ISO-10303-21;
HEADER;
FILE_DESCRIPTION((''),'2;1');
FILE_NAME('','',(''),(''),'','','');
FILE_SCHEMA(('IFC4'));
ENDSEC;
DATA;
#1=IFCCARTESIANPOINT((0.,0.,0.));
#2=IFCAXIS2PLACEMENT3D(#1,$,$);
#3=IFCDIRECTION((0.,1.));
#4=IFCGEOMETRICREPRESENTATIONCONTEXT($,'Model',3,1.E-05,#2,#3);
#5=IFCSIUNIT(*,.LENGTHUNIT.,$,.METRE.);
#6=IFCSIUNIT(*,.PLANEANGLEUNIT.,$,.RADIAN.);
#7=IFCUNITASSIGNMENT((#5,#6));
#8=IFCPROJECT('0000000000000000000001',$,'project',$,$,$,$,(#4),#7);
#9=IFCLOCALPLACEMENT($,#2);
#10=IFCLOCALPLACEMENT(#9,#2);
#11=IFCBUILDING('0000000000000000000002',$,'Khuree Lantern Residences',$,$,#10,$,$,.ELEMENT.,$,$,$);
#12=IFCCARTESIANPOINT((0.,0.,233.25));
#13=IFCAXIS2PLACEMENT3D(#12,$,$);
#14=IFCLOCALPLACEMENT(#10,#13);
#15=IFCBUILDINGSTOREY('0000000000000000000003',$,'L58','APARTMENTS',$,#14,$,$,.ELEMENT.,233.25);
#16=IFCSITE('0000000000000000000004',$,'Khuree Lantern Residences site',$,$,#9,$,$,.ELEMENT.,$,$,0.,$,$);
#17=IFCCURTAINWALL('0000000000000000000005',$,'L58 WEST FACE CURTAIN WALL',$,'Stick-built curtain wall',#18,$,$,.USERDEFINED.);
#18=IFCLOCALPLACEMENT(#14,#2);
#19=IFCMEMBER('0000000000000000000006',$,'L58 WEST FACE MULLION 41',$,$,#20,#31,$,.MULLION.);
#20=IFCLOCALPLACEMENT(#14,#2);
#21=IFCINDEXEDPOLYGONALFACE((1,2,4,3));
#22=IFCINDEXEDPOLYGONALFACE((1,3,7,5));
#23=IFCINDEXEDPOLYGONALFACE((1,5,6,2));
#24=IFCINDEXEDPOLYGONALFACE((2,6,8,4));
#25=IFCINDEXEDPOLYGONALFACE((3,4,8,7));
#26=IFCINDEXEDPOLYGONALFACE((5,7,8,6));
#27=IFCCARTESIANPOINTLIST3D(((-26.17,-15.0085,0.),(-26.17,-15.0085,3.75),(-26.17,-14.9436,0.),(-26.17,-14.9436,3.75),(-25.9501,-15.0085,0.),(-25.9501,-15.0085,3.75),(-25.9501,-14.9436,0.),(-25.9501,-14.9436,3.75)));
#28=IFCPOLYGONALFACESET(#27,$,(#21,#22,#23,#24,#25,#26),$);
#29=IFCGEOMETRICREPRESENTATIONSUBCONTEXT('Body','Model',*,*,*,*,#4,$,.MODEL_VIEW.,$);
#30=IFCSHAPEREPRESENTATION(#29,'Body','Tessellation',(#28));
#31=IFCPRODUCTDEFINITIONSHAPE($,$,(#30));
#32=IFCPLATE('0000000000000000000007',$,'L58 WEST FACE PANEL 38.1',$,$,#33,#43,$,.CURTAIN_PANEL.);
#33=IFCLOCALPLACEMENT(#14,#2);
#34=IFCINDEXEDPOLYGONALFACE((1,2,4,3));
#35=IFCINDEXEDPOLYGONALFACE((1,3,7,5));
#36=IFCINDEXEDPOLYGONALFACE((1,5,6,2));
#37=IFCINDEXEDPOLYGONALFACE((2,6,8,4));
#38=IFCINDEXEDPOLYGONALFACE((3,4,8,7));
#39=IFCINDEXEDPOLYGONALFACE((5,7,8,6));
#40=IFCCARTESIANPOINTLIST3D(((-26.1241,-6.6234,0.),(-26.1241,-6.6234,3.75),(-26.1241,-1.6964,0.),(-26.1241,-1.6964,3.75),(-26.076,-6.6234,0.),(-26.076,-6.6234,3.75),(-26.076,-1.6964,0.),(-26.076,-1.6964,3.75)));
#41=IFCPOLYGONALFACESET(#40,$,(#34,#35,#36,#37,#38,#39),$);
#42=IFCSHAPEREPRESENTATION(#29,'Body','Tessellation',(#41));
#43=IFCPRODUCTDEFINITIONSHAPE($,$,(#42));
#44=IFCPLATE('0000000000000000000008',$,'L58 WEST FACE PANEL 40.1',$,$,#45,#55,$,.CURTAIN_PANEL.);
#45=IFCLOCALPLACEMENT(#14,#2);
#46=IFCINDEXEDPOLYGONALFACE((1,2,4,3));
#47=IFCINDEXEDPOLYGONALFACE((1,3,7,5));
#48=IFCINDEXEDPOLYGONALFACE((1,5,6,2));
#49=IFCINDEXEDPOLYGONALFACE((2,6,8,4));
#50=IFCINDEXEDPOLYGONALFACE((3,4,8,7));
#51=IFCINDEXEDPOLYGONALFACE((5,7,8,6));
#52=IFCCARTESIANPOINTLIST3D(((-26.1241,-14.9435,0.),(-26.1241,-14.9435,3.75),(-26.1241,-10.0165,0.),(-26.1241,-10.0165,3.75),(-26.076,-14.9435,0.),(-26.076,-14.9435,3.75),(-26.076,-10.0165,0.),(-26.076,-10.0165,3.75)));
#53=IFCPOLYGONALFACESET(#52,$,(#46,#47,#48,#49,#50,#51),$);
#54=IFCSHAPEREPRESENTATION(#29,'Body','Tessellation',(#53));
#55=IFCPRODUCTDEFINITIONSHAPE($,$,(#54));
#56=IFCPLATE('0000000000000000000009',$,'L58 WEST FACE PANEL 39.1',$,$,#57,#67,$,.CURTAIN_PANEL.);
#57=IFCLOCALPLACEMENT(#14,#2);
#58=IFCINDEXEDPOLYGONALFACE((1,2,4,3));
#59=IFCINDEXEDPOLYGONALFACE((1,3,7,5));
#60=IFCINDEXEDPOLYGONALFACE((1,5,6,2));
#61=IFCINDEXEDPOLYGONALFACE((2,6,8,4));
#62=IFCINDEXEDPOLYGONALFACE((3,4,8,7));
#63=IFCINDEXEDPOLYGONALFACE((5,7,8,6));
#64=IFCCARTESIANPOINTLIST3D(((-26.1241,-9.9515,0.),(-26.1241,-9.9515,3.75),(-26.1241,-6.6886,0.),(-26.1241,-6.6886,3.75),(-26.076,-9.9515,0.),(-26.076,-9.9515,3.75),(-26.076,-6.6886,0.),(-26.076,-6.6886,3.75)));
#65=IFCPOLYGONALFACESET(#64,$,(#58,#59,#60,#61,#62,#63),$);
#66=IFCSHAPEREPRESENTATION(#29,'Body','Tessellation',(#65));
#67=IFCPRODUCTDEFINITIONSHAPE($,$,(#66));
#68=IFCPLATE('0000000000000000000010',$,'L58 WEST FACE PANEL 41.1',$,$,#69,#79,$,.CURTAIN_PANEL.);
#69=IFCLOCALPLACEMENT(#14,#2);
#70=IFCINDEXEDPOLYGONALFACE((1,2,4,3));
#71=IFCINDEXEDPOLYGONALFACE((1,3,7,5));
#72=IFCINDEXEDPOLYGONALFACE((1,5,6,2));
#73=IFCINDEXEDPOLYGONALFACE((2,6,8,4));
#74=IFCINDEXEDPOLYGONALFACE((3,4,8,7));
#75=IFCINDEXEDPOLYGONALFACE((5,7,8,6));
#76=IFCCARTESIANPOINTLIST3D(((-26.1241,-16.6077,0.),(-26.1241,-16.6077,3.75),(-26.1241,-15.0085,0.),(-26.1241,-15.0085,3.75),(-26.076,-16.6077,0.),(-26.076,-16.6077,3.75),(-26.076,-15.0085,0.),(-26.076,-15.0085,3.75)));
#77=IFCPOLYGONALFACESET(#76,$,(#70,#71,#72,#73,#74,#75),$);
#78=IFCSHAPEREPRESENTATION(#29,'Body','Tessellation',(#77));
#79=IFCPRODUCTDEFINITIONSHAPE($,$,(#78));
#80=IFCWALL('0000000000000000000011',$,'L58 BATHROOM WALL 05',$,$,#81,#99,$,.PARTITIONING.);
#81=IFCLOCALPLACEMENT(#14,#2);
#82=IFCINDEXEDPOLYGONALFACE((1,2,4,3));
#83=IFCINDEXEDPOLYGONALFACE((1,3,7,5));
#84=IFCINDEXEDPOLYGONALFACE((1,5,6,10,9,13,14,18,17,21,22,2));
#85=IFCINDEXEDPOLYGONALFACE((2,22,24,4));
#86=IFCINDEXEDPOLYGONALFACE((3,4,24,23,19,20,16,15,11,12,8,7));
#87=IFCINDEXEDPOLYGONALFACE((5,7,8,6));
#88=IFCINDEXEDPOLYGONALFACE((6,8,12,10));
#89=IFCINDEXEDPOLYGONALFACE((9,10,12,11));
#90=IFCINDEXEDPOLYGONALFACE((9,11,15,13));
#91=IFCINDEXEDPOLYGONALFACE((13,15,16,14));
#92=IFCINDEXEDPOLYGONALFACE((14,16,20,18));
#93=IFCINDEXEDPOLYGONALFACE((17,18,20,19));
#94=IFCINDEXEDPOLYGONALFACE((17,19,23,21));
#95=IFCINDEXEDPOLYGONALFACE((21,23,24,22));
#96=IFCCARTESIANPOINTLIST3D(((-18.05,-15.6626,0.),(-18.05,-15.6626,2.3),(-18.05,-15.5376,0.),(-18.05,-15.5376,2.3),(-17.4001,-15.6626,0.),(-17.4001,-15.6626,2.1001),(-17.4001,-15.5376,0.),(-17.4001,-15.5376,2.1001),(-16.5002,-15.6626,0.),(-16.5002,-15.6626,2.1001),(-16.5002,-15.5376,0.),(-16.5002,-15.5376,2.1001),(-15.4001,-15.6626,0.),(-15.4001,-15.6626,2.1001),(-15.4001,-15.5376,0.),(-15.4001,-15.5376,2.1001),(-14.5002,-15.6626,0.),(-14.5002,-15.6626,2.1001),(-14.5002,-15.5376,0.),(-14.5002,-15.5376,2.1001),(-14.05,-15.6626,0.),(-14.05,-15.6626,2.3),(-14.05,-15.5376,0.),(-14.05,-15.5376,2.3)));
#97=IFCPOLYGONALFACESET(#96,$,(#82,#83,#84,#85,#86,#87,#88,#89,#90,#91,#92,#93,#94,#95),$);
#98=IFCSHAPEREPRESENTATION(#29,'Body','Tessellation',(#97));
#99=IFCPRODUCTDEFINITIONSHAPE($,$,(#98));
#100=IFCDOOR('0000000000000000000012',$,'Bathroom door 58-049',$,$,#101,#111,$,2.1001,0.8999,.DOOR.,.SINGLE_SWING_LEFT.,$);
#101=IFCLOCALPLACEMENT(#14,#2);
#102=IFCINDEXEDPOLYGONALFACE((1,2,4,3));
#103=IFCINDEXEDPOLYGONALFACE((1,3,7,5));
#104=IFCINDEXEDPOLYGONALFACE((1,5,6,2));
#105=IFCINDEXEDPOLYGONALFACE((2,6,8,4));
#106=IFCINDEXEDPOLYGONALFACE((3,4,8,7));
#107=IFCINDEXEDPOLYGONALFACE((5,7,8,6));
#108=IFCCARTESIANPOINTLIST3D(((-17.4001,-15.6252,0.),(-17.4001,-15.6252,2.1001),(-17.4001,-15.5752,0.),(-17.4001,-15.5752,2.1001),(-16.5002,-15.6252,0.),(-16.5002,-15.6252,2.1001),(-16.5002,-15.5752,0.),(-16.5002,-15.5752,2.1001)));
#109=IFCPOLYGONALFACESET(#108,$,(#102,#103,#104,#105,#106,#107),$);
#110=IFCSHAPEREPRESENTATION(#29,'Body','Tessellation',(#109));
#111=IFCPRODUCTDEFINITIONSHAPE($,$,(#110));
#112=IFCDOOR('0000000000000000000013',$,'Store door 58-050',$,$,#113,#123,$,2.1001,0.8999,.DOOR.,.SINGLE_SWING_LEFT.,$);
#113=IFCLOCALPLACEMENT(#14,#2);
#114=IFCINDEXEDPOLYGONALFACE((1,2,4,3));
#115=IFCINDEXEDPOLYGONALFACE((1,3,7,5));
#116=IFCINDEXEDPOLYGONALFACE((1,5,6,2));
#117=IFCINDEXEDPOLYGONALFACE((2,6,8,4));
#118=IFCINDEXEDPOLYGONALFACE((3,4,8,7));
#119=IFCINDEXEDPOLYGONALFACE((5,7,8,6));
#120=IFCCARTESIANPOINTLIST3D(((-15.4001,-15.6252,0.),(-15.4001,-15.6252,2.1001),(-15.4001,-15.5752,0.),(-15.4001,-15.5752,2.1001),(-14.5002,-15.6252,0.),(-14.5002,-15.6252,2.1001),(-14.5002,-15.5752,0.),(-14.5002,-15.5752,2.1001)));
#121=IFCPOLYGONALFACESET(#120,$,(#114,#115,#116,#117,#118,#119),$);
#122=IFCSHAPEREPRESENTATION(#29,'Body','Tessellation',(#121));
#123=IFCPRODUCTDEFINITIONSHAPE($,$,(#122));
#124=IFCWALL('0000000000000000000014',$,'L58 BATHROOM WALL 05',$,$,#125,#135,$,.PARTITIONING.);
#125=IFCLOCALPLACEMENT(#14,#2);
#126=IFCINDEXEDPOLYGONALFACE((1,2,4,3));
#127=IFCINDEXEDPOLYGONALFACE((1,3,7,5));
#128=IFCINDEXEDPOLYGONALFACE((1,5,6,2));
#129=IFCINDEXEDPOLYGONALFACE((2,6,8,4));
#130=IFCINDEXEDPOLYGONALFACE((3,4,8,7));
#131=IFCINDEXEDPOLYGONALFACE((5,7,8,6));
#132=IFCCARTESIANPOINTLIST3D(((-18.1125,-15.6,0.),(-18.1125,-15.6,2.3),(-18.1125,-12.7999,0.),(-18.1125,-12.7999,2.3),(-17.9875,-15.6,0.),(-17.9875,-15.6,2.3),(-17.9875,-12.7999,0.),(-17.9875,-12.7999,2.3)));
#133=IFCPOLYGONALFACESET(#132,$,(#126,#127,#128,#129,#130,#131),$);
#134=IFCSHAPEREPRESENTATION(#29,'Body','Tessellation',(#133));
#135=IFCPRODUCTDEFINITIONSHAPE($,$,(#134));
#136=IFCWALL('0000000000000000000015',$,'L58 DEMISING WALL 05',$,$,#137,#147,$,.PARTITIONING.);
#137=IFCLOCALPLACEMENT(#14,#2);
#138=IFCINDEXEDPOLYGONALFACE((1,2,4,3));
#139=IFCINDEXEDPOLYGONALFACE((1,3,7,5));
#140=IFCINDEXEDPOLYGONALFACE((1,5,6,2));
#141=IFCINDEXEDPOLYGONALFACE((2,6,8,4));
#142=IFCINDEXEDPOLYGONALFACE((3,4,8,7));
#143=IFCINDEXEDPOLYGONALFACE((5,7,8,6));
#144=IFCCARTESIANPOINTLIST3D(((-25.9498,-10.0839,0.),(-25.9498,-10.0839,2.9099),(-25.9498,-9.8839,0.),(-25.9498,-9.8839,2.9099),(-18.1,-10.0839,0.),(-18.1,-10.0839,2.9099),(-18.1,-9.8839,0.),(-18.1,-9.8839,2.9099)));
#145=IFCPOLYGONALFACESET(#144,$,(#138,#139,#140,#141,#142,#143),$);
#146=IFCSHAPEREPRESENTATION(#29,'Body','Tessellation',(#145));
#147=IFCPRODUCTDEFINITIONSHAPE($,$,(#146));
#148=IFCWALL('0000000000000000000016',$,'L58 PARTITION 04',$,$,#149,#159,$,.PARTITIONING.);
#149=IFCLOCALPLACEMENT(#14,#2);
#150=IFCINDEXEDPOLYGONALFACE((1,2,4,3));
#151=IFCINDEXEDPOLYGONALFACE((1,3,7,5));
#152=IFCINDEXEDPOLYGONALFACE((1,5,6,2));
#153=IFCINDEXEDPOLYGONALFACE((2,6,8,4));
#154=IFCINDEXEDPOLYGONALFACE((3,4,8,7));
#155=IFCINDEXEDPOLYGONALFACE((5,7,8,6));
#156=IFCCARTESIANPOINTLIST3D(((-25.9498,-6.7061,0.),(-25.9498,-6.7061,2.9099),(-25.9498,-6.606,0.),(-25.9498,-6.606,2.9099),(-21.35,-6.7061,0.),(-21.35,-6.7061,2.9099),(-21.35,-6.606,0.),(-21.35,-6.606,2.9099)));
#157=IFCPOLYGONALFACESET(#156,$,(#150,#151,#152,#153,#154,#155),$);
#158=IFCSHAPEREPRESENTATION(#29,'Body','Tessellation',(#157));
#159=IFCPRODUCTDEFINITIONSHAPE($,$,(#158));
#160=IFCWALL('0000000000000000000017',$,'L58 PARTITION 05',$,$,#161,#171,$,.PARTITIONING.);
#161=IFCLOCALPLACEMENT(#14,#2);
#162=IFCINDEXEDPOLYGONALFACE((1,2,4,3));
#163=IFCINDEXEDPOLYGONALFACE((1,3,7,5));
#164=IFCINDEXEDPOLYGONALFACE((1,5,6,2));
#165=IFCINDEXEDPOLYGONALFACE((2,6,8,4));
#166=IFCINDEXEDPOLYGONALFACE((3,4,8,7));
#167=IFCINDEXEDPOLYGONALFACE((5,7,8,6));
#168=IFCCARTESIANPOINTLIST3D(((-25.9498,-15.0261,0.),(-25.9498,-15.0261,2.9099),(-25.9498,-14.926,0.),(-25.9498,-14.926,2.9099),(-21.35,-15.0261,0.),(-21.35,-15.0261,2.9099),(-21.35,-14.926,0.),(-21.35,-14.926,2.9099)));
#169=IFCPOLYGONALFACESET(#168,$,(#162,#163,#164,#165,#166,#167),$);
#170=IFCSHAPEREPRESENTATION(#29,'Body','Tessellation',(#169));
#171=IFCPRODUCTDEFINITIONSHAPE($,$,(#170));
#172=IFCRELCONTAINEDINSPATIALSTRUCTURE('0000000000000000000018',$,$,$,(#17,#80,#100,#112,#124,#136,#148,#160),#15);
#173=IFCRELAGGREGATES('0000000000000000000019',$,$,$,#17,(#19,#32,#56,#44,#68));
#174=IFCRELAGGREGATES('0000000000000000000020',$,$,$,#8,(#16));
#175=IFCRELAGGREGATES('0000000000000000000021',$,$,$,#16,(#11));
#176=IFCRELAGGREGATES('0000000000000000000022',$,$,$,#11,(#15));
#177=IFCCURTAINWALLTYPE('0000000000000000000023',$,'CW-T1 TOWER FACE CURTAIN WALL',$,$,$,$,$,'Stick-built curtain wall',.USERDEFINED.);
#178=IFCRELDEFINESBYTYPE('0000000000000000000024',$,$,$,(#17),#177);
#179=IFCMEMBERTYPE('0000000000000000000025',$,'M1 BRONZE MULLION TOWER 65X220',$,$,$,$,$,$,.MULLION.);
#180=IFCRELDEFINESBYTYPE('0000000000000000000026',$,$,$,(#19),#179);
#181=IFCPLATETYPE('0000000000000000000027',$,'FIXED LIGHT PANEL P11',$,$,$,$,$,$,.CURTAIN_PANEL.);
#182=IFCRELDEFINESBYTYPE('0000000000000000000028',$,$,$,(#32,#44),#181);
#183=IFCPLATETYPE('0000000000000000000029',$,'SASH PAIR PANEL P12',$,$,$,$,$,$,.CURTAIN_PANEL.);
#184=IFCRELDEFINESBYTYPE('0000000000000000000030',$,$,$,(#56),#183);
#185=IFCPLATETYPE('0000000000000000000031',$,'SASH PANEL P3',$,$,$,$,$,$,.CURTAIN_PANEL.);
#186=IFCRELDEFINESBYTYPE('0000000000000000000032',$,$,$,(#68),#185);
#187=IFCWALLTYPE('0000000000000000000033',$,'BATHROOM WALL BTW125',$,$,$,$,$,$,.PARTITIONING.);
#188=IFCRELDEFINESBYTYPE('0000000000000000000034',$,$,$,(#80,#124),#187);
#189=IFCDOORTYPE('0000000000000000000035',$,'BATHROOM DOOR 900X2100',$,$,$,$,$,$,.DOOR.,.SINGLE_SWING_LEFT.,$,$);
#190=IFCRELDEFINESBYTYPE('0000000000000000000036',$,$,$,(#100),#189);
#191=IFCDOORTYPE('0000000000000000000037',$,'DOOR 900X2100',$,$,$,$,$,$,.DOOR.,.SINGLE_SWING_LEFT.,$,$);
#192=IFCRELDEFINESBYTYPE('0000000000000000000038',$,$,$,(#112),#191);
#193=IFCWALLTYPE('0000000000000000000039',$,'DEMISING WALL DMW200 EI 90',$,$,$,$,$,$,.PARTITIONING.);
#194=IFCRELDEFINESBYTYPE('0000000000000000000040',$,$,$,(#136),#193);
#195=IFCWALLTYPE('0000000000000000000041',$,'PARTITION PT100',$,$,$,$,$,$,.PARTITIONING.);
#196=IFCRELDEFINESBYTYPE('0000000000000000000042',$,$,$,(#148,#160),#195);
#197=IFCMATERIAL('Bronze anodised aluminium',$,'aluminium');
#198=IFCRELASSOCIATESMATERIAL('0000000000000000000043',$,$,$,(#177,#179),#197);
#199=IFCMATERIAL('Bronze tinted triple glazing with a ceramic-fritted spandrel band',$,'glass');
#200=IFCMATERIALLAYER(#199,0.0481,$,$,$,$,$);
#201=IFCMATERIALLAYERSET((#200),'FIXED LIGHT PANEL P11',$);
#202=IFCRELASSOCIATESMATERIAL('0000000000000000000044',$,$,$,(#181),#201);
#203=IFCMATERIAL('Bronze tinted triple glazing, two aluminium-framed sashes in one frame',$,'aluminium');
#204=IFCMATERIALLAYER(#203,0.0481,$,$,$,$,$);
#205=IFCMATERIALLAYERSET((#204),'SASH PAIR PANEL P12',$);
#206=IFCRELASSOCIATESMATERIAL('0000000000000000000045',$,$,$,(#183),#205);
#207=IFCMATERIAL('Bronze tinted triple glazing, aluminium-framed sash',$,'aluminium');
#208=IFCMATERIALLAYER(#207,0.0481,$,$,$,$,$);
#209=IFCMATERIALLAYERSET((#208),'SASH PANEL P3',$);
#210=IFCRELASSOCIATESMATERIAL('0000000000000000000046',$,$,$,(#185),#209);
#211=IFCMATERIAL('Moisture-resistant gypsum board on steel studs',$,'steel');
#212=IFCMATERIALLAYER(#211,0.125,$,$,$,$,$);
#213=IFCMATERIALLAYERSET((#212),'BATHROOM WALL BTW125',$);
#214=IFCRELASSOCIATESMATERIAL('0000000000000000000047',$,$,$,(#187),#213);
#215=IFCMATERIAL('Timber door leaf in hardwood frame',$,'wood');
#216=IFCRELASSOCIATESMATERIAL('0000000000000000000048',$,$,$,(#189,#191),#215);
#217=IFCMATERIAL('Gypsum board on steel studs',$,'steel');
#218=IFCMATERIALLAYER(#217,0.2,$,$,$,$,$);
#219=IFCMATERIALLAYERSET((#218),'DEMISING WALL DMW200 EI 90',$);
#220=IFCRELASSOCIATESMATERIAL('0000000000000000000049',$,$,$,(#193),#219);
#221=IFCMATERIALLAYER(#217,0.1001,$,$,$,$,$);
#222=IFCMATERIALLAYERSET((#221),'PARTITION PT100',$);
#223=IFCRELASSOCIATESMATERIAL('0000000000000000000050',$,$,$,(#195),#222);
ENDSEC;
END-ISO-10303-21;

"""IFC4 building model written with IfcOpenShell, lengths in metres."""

from ifc_helpers import new_model, si_unit, direction, frame, frame_2d, origin, origin_2d, place, context, subcontext, project, spatial, rectangle, extrude, material, layer, layer_set, material_profile, profile_set, type_object, element, fill, aggregate, save


model = new_model("IFC4")

# Units and contexts
model_context = context("Model", 3, precision=1e-05, world=origin(), true_north=direction((0.0, 1.0)))
body_context = subcontext(model_context, "Body", "Model", "MODEL_VIEW")
ifc_project = project(units=[si_unit("LENGTHUNIT", "METRE"), si_unit("PLANEANGLEUNIT", "RADIAN")], contexts=[model_context])

# Site, building, storey
site_placement = place(None, origin())
site = spatial("IfcSite", under=ifc_project, at=site_placement, Name="Khuree Lantern Residences site", CompositionType="ELEMENT", RefElevation=0.0)
building_placement = place(site_placement, origin())
building = spatial("IfcBuilding", under=site, at=building_placement, Name="Khuree Lantern Residences", CompositionType="ELEMENT")
storey_placement = place(building_placement, frame((0.0, 0.0, 233.25)))
storey = spatial("IfcBuildingStorey", under=building, at=storey_placement, Name="L58", Description="APARTMENTS", CompositionType="ELEMENT", Elevation=233.25)

# Curtain wall
ifc_material_1 = material(Name="Bronze anodised aluminium", Category="aluminium")
curtain_wall_type = type_object("IfcCurtainWallType", Name="CW-T1 TOWER FACE CURTAIN WALL", ElementType="Stick-built curtain wall", PredefinedType="USERDEFINED", material=ifc_material_1)
curtain_wall_placement = place(storey_placement, origin())
curtain_wall = element("IfcCurtainWall", 1, at=curtain_wall_placement, inside=storey, type_object=curtain_wall_type, Name="L58 WEST FACE CURTAIN WALL", ObjectType="Stick-built curtain wall", PredefinedType="USERDEFINED")

# Member
ifc_material_profile_1 = material_profile(ifc_material_1, rectangle(XDim=0.0649, YDim=0.22, at=origin_2d()), Name="M1 65X220")
ifc_profile_set_1 = profile_set([ifc_material_profile_1], Name="Bronze anodised aluminium")
member_type_1 = type_object("IfcMemberType", Name="M1 BRONZE MULLION TOWER 65X220", PredefinedType="MULLION", material=ifc_profile_set_1)
member_1_placement = place(storey_placement, frame((-26.0601, -14.9761, 0.0), z_axis=(0.0, 0.0, 1.0), x_axis=(0.0, -1.0, 0.0)))
member_1 = element("IfcMember", 2, at=member_1_placement, type_object=member_type_1, Name="L58 WEST FACE MULLION 41", PredefinedType="MULLION", context=body_context, shape_type="SweptSolid", body=[
    extrude(rectangle(XDim=0.0649, YDim=0.22, at=origin_2d()), origin(), (0.0, 0.0, 1.0), 3.75),
])

# Plates
ifc_material_2 = material(Name="Bronze tinted triple glazing with a ceramic-fritted spandrel band", Category="glass")
ifc_layer_1 = layer(ifc_material_2, 0.0481)
ifc_layer_set_1 = layer_set([ifc_layer_1], Name="FIXED LIGHT PANEL P11")
plate_type_1 = type_object("IfcPlateType", Name="FIXED LIGHT PANEL P11", PredefinedType="CURTAIN_PANEL", material=ifc_layer_set_1)
plate_1_placement = place(storey_placement, frame((-26.1001, -4.1599, 0.0), z_axis=(0.0, 0.0, 1.0), x_axis=(0.0, -1.0, 0.0)))
plate_1 = element("IfcPlate", 3, at=plate_1_placement, type_object=plate_type_1, Name="L58 WEST FACE PANEL 38.1", PredefinedType="CURTAIN_PANEL", context=body_context, shape_type="SweptSolid", body=[
    extrude(rectangle(XDim=4.927, YDim=0.0481, at=origin_2d()), origin(), (0.0, 0.0, 1.0), 3.75),
])
plate_2_placement = place(storey_placement, frame((-26.1001, -12.48, 0.0), z_axis=(0.0, 0.0, 1.0), x_axis=(0.0, -1.0, 0.0)))
plate_2 = element("IfcPlate", 4, at=plate_2_placement, type_object=plate_type_1, Name="L58 WEST FACE PANEL 40.1", PredefinedType="CURTAIN_PANEL", context=body_context, shape_type="SweptSolid", body=[
    extrude(rectangle(XDim=4.927, YDim=0.0481, at=origin_2d()), origin(), (0.0, 0.0, 1.0), 3.75),
])
ifc_material_3 = material(Name="Bronze tinted triple glazing, two aluminium-framed sashes in one frame", Category="aluminium")
ifc_layer_2 = layer(ifc_material_3, 0.0481)
ifc_layer_set_2 = layer_set([ifc_layer_2], Name="SASH PAIR PANEL P12")
plate_type_2 = type_object("IfcPlateType", Name="SASH PAIR PANEL P12", PredefinedType="CURTAIN_PANEL", material=ifc_layer_set_2)
plate_3_placement = place(storey_placement, frame((-26.1001, -8.3201, 0.0), z_axis=(0.0, 0.0, 1.0), x_axis=(0.0, -1.0, 0.0)))
plate_3 = element("IfcPlate", 5, at=plate_3_placement, type_object=plate_type_2, Name="L58 WEST FACE PANEL 39.1", PredefinedType="CURTAIN_PANEL", context=body_context, shape_type="SweptSolid", body=[
    extrude(rectangle(XDim=3.2629, YDim=0.0481, at=origin_2d()), origin(), (0.0, 0.0, 1.0), 3.75),
])
ifc_material_4 = material(Name="Bronze tinted triple glazing, aluminium-framed sash", Category="aluminium")
ifc_layer_3 = layer(ifc_material_4, 0.0481)
ifc_layer_set_3 = layer_set([ifc_layer_3], Name="SASH PANEL P3")
plate_type_3 = type_object("IfcPlateType", Name="SASH PANEL P3", PredefinedType="CURTAIN_PANEL", material=ifc_layer_set_3)
plate_4_placement = place(storey_placement, frame((-26.1001, -15.8081, 0.0), z_axis=(0.0, 0.0, 1.0), x_axis=(0.0, -1.0, 0.0)))
plate_4 = element("IfcPlate", 6, at=plate_4_placement, type_object=plate_type_3, Name="L58 WEST FACE PANEL 41.1", PredefinedType="CURTAIN_PANEL", context=body_context, shape_type="SweptSolid", body=[
    extrude(rectangle(XDim=1.5991, YDim=0.0481, at=origin_2d()), origin(), (0.0, 0.0, 1.0), 3.75),
])
aggregate(curtain_wall, [member_1, plate_1, plate_3, plate_2, plate_4])

# Wall, openings, doors
ifc_material_5 = material(Name="Moisture-resistant gypsum board on steel studs", Category="steel")
ifc_layer_4 = layer(ifc_material_5, 0.125)
ifc_layer_set_4 = layer_set([ifc_layer_4], Name="BATHROOM WALL BTW125")
wall_type_1 = type_object("IfcWallType", Name="BATHROOM WALL BTW125", PredefinedType="PARTITIONING", material=ifc_layer_set_4)
wall_1_placement = place(storey_placement, frame((-18.05, -15.6001, 0.0), z_axis=(0.0, 0.0, 1.0), x_axis=(1.0, 0.0, 0.0)))
wall_1 = element("IfcWall", 7, at=wall_1_placement, inside=storey, type_object=wall_type_1, Name="L58 BATHROOM WALL 05", PredefinedType="PARTITIONING", context=body_context, shape_type="SweptSolid", body=[
    extrude(rectangle(XDim=4.0, YDim=0.125, at=frame_2d((2.0, 0.0))), origin(), (0.0, 0.0, 1.0), 2.3),
])
opening_1_placement = place(wall_1_placement, frame((0.6499, 0.0, 0.0)))
opening_1 = element("IfcOpeningElement", 8, at=opening_1_placement, cuts=wall_1, PredefinedType="OPENING", context=body_context, shape_type="SweptSolid", body=[
    extrude(rectangle(XDim=0.8999, YDim=2.1001, at=frame_2d((0.45, 1.05))), frame((0.0, 0.0725, 0.0), z_axis=(0.0, -1.0, 0.0), x_axis=(1.0, 0.0, 0.0)), (0.0, 0.0, 1.0), 0.145),
])
opening_2_placement = place(wall_1_placement, frame((2.6499, 0.0, 0.0)))
opening_2 = element("IfcOpeningElement", 9, at=opening_2_placement, cuts=wall_1, PredefinedType="OPENING", context=body_context, shape_type="SweptSolid", body=[
    extrude(rectangle(XDim=0.8999, YDim=2.1001, at=frame_2d((0.45, 1.05))), frame((0.0, 0.0725, 0.0), z_axis=(0.0, -1.0, 0.0), x_axis=(1.0, 0.0, 0.0)), (0.0, 0.0, 1.0), 0.145),
])
ifc_material_6 = material(Name="Timber door leaf in hardwood frame", Category="wood")
door_type_1 = type_object("IfcDoorType", Name="BATHROOM DOOR 900X2100", OperationType="SINGLE_SWING_LEFT", PredefinedType="DOOR", material=ifc_material_6)
door_1_placement = place(opening_1_placement, origin())
door_1 = element("IfcDoor", 10, at=door_1_placement, inside=storey, type_object=door_type_1, Name="Bathroom door 58-049", OperationType="SINGLE_SWING_LEFT", OverallHeight=2.1001, OverallWidth=0.8999, PredefinedType="DOOR", context=body_context, shape_type="SweptSolid", body=[
    extrude(rectangle(XDim=0.8999, YDim=2.1001, at=frame_2d((0.45, 1.05))), frame((0.0, 0.0249, 0.0), z_axis=(0.0, -1.0, 0.0), x_axis=(1.0, 0.0, 0.0)), (0.0, 0.0, 1.0), 0.05),
])
fill(opening_1, door_1)
door_type_2 = type_object("IfcDoorType", Name="DOOR 900X2100", OperationType="SINGLE_SWING_LEFT", PredefinedType="DOOR", material=ifc_material_6)
door_2_placement = place(opening_2_placement, origin())
door_2 = element("IfcDoor", 11, at=door_2_placement, inside=storey, type_object=door_type_2, Name="Store door 58-050", OperationType="SINGLE_SWING_LEFT", OverallHeight=2.1001, OverallWidth=0.8999, PredefinedType="DOOR", context=body_context, shape_type="SweptSolid", body=[
    extrude(rectangle(XDim=0.8999, YDim=2.1001, at=frame_2d((0.45, 1.05))), frame((0.0, 0.0249, 0.0), z_axis=(0.0, -1.0, 0.0), x_axis=(1.0, 0.0, 0.0)), (0.0, 0.0, 1.0), 0.05),
])
fill(opening_2, door_2)

# Walls
wall_2_placement = place(storey_placement, frame((-18.05, -12.8, 0.0), z_axis=(0.0, 0.0, 1.0), x_axis=(0.0, -1.0, 0.0)))
element("IfcWall", 12, at=wall_2_placement, inside=storey, type_object=wall_type_1, Name="L58 BATHROOM WALL 05", PredefinedType="PARTITIONING", context=body_context, shape_type="SweptSolid", body=[
    extrude(rectangle(XDim=2.8, YDim=0.125, at=frame_2d((1.3999, 0.0))), origin(), (0.0, 0.0, 1.0), 2.3),
])
ifc_material_7 = material(Name="Gypsum board on steel studs", Category="steel")
ifc_layer_5 = layer(ifc_material_7, 0.2)
ifc_layer_set_5 = layer_set([ifc_layer_5], Name="DEMISING WALL DMW200 EI 90")
wall_type_2 = type_object("IfcWallType", Name="DEMISING WALL DMW200 EI 90", PredefinedType="PARTITIONING", material=ifc_layer_set_5)
wall_3_placement = place(storey_placement, frame((-18.1001, -9.9839, 0.0), z_axis=(0.0, 0.0, 1.0), x_axis=(-1.0, 0.0, 0.0)))
element("IfcWall", 13, at=wall_3_placement, inside=storey, type_object=wall_type_2, Name="L58 DEMISING WALL 05", PredefinedType="PARTITIONING", context=body_context, shape_type="SweptSolid", body=[
    extrude(rectangle(XDim=7.8499, YDim=0.2, at=frame_2d((3.9248, 0.0))), origin(), (0.0, 0.0, 1.0), 2.9099),
])
ifc_layer_6 = layer(ifc_material_7, 0.1001)
ifc_layer_set_6 = layer_set([ifc_layer_6], Name="PARTITION PT100")
wall_type_3 = type_object("IfcWallType", Name="PARTITION PT100", PredefinedType="PARTITIONING", material=ifc_layer_set_6)
for number, where, z_axis, x_axis, name in (
    (14, (-21.3501, -6.656, 0.0), (0.0, 0.0, 1.0), (-1.0, 0.0, 0.0), "L58 PARTITION 04"),
    (15, (-21.3501, -14.9761, 0.0), (0.0, 0.0, 1.0), (-1.0, 0.0, 0.0), "L58 PARTITION 05"),
):
    element("IfcWall", number, at=place(storey_placement, frame(where, z_axis=z_axis, x_axis=x_axis)), inside=storey, type_object=wall_type_3, Name=name, PredefinedType="PARTITIONING", context=body_context, shape_type="SweptSolid", body=[
        extrude(rectangle(XDim=4.5999, YDim=0.1001, at=frame_2d((2.2998, 0.0))), origin(), (0.0, 0.0, 1.0), 2.9099),
    ])

save(model, "model.ifc")
